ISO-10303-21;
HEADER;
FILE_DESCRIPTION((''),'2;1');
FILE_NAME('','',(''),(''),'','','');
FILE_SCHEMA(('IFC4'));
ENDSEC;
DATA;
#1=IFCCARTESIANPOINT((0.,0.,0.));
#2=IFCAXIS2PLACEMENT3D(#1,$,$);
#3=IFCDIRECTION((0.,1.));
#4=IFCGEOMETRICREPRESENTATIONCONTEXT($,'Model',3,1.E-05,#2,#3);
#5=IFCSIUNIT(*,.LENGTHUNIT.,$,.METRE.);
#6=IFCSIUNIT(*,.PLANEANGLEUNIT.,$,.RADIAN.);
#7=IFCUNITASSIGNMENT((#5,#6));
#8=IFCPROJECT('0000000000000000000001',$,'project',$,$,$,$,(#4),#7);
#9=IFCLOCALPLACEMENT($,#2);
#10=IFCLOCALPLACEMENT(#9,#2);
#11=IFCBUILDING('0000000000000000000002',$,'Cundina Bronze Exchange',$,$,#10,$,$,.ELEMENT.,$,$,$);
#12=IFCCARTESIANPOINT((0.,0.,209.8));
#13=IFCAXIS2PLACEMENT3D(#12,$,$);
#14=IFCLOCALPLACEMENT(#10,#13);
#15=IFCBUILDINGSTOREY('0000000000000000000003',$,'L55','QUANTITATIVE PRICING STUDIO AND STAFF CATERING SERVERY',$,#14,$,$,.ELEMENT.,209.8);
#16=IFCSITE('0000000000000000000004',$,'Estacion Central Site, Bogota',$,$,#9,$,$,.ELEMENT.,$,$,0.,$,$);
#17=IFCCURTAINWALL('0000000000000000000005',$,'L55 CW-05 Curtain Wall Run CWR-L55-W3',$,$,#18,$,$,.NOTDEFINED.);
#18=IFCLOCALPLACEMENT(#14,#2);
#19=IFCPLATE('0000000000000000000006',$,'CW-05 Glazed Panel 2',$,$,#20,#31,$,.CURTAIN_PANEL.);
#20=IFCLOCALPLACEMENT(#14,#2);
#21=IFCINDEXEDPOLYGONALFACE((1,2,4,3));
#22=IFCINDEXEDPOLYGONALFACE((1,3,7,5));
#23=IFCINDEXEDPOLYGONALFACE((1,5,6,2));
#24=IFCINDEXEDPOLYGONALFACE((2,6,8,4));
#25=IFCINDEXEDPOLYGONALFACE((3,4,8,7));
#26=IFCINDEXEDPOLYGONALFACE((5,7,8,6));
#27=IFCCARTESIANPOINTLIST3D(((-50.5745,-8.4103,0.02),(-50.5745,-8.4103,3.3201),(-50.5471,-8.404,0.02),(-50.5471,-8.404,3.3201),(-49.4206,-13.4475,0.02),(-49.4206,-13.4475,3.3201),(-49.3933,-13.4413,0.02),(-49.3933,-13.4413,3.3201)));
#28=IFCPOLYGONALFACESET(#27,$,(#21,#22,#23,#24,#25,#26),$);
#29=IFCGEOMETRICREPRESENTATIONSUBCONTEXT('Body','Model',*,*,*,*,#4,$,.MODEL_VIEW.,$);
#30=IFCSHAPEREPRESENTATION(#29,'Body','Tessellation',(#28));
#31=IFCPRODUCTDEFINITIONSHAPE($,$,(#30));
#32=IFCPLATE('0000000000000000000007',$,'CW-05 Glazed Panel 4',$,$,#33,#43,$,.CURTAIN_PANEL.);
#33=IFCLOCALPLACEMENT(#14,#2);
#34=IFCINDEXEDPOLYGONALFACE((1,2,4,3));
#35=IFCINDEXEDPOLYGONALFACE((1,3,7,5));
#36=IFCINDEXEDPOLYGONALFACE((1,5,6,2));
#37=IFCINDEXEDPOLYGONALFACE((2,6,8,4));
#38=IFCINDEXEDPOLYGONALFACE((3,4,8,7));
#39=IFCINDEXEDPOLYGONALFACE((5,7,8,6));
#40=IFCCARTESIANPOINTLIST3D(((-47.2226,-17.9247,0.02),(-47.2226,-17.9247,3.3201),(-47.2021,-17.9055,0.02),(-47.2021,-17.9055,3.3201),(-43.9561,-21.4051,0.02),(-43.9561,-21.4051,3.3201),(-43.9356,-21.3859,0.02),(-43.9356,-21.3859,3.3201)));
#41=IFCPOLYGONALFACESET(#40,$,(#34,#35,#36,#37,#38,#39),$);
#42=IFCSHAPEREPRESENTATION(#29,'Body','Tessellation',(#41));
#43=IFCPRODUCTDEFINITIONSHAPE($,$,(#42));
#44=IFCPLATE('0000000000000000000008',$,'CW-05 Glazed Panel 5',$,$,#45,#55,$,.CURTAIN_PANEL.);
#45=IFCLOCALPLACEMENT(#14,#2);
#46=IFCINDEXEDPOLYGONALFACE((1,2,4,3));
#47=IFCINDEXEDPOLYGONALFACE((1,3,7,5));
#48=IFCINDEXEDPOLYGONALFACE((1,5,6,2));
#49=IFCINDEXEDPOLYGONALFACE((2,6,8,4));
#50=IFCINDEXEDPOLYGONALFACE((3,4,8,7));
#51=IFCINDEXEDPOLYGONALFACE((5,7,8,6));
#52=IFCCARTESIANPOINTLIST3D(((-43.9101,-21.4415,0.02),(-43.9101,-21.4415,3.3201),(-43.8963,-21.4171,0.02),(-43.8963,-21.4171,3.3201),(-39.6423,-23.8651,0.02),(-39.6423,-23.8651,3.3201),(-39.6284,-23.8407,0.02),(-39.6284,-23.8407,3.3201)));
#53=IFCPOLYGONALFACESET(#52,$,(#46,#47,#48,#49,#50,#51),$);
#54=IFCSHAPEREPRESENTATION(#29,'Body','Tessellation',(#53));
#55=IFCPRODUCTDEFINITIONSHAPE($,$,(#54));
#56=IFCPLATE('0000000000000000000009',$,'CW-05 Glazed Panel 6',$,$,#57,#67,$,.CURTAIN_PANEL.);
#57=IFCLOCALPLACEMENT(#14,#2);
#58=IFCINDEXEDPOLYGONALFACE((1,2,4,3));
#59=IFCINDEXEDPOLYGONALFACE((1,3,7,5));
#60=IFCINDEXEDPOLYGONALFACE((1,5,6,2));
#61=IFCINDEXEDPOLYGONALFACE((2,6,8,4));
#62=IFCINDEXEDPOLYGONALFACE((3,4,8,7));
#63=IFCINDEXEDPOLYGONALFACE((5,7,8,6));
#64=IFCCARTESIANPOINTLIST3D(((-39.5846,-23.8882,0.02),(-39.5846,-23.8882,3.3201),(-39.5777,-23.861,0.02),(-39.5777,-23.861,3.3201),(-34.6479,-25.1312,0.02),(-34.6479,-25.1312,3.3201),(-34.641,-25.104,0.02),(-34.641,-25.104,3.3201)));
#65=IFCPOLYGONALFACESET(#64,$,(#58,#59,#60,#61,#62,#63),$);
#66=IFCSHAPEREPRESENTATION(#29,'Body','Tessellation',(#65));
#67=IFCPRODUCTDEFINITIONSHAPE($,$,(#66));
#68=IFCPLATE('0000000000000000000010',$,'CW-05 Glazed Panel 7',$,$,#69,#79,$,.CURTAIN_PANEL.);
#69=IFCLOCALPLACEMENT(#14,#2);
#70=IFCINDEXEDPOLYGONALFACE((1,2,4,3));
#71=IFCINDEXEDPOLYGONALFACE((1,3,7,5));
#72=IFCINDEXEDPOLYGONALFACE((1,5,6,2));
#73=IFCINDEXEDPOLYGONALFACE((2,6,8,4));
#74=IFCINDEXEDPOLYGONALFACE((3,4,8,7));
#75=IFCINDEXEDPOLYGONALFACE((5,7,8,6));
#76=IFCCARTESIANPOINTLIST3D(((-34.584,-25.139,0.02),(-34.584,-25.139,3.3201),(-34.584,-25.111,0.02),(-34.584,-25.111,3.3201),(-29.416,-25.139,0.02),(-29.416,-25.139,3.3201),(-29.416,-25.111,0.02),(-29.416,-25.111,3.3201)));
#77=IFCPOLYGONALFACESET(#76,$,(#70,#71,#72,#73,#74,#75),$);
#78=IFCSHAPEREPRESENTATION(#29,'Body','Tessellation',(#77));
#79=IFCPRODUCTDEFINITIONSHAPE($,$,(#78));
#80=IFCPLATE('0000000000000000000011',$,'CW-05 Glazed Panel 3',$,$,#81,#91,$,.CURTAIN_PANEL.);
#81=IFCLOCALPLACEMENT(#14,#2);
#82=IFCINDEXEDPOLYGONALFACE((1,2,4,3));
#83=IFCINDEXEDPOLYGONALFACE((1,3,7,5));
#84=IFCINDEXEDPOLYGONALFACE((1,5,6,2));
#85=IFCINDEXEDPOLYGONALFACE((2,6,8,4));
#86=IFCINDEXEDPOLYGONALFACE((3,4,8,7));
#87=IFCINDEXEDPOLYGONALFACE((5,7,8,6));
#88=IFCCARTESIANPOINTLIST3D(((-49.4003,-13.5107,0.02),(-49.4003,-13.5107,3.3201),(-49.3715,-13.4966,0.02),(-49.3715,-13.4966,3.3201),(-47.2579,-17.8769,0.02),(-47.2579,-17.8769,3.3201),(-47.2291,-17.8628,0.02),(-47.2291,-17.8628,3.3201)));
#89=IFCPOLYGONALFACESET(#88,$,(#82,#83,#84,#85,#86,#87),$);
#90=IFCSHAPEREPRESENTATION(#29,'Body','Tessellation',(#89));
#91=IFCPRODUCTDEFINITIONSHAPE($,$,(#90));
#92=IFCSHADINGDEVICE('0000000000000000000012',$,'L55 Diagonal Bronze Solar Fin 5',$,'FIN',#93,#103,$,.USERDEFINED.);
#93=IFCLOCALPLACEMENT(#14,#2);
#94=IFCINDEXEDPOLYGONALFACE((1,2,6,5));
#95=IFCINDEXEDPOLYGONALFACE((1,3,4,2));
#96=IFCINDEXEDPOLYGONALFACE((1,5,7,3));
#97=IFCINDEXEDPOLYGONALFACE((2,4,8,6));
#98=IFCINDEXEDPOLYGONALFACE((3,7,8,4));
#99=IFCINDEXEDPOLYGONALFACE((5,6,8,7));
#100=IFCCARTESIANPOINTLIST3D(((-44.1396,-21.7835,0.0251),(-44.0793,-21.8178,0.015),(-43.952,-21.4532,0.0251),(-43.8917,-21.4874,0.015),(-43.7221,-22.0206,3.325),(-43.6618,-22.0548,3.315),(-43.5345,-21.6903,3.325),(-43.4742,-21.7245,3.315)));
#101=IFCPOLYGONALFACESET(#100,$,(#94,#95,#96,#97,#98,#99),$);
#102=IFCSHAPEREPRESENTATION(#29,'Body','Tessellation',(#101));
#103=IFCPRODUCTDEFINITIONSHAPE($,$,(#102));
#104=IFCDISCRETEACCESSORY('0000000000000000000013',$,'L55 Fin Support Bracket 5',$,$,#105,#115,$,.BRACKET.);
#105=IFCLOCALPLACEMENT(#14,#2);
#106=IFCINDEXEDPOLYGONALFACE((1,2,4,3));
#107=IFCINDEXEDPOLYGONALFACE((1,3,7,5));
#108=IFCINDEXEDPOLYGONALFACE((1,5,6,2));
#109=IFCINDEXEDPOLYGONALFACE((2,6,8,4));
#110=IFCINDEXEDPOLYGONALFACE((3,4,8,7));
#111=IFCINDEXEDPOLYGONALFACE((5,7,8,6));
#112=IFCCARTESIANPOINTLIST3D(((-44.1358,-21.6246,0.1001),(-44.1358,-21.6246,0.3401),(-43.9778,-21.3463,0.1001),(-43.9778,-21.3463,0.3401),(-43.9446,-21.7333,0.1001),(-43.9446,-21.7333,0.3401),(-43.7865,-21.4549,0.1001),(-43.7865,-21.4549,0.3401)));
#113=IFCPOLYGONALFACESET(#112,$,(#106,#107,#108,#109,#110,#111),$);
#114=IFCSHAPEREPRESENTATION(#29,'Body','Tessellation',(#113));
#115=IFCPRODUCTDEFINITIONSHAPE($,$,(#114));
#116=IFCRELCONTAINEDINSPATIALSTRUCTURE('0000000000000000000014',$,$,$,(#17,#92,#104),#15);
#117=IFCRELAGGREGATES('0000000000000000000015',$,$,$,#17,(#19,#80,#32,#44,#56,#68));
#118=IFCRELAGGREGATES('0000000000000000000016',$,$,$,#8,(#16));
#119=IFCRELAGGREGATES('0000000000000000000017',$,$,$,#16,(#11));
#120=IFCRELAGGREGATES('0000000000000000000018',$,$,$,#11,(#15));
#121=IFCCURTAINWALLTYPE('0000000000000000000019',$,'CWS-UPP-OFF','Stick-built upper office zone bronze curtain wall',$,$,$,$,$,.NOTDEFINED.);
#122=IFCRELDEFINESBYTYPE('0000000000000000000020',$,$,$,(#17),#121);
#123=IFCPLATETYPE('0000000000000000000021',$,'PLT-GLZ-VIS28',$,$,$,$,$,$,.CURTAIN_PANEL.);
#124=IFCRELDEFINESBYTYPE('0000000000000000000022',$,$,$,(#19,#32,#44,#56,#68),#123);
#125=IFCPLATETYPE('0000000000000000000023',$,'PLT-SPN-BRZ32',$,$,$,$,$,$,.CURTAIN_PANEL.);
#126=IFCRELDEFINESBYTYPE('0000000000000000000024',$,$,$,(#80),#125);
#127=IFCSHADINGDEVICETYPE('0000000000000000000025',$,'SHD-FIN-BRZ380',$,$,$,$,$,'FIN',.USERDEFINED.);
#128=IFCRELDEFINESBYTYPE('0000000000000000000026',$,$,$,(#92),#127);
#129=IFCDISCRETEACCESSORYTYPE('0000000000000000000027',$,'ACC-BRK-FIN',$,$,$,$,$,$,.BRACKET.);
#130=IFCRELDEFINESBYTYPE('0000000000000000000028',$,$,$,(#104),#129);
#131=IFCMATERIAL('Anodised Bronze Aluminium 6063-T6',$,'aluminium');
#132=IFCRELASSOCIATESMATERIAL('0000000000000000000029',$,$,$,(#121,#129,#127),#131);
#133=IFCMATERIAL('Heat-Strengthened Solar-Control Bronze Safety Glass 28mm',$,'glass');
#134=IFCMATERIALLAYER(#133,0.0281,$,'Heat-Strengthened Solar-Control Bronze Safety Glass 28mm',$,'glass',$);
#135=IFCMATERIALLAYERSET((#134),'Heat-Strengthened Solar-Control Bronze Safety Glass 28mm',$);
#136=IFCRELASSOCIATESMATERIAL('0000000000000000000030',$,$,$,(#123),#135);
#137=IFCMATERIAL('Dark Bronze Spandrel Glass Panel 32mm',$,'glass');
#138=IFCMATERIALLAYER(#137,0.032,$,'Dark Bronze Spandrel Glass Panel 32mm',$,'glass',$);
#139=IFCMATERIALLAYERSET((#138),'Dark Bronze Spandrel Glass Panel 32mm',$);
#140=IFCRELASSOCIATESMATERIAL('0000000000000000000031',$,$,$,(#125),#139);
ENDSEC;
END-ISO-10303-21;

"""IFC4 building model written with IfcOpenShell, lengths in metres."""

from ifc_helpers import new_model, si_unit, direction, frame, origin, origin_2d, place, context, subcontext, project, spatial, rectangle, extrude, material, layer, layer_set, material_profile, profile_set, type_object, element, aggregate, save


model = new_model("IFC4")

# Units and contexts
model_context = context("Model", 3, precision=1e-05, world=origin(), true_north=direction((0.0, 1.0)))
body_context = subcontext(model_context, "Body", "Model", "MODEL_VIEW")
ifc_project = project(units=[si_unit("LENGTHUNIT", "METRE"), si_unit("PLANEANGLEUNIT", "RADIAN")], contexts=[model_context])

# Site, building, storey
site_placement = place(None, origin())
site = spatial("IfcSite", under=ifc_project, at=site_placement, Name="Estacion Central Site, Bogota", CompositionType="ELEMENT", RefElevation=0.0)
building_placement = place(site_placement, origin())
building = spatial("IfcBuilding", under=site, at=building_placement, Name="Cundina Bronze Exchange", CompositionType="ELEMENT")
storey_placement = place(building_placement, frame((0.0, 0.0, 209.8)))
storey = spatial("IfcBuildingStorey", under=building, at=storey_placement, Name="L55", Description="QUANTITATIVE PRICING STUDIO AND STAFF CATERING SERVERY", CompositionType="ELEMENT", Elevation=209.8)

# Curtain wall
ifc_material_1 = material(Name="Anodised Bronze Aluminium 6063-T6", Category="aluminium")
curtain_wall_type = type_object("IfcCurtainWallType", Name="CWS-UPP-OFF", Description="Stick-built upper office zone bronze curtain wall", PredefinedType="NOTDEFINED", material=ifc_material_1)
curtain_wall_1_placement = place(storey_placement, origin())
curtain_wall_1 = element("IfcCurtainWall", 1, at=curtain_wall_1_placement, inside=storey, type_object=curtain_wall_type, Name="L55 CW-05 Curtain Wall Run CWR-L55-W3", PredefinedType="NOTDEFINED")

# Plates
ifc_material_2 = material(Name="Heat-Strengthened Solar-Control Bronze Safety Glass 28mm", Category="glass")
ifc_layer_1 = layer(ifc_material_2, 0.0281, Name="Heat-Strengthened Solar-Control Bronze Safety Glass 28mm", Category="glass")
ifc_layer_set_1 = layer_set([ifc_layer_1], Name="Heat-Strengthened Solar-Control Bronze Safety Glass 28mm")
plate_type_1 = type_object("IfcPlateType", Name="PLT-GLZ-VIS28", PredefinedType="CURTAIN_PANEL", material=ifc_layer_set_1)
plate_1_placement = place(storey_placement, frame((-49.9839, -10.9258, 0.02), z_axis=(0.0, 0.0, 1.0), x_axis=(0.223284, -0.974753, 0.0)))
plate_1 = element("IfcPlate", 2, at=plate_1_placement, type_object=plate_type_1, Name="CW-05 Glazed Panel 2", PredefinedType="CURTAIN_PANEL", context=body_context, shape_type="SweptSolid", body=[
    extrude(rectangle(XDim=5.1677, YDim=0.0281, at=origin_2d()), origin(), (0.0, 0.0, 1.0), 3.3),
])
plate_2_placement = place(storey_placement, frame((-45.5791, -19.6553, 0.02), z_axis=(0.0, 0.0, 1.0), x_axis=(0.684344, -0.72916, 0.0)))
plate_2 = element("IfcPlate", 3, at=plate_2_placement, type_object=plate_type_1, Name="CW-05 Glazed Panel 4", PredefinedType="CURTAIN_PANEL", context=body_context, shape_type="SweptSolid", body=[
    extrude(rectangle(XDim=4.7732, YDim=0.0281, at=origin_2d()), origin(), (0.0, 0.0, 1.0), 3.3),
])
plate_3_placement = place(storey_placement, frame((-41.7693, -22.6411, 0.02), z_axis=(0.0, 0.0, 1.0), x_axis=(0.869573, -0.493805, 0.0)))
plate_3 = element("IfcPlate", 4, at=plate_3_placement, type_object=plate_type_1, Name="CW-05 Glazed Panel 5", PredefinedType="CURTAIN_PANEL", context=body_context, shape_type="SweptSolid", body=[
    extrude(rectangle(XDim=4.908, YDim=0.0281, at=origin_2d()), origin(), (0.0, 0.0, 1.0), 3.3),
])
plate_4_placement = place(storey_placement, frame((-37.1128, -24.4961, 0.02), z_axis=(0.0, 0.0, 1.0), x_axis=(0.969732, -0.244174, 0.0)))
plate_4 = element("IfcPlate", 5, at=plate_4_placement, type_object=plate_type_1, Name="CW-05 Glazed Panel 6", PredefinedType="CURTAIN_PANEL", context=body_context, shape_type="SweptSolid", body=[
    extrude(rectangle(XDim=5.0908, YDim=0.0281, at=origin_2d()), origin(), (0.0, 0.0, 1.0), 3.3),
])
plate_5_placement = place(storey_placement, frame((-32.0, -25.125, 0.02), z_axis=(0.0, 0.0, 1.0), x_axis=(1.0, 0.0, 0.0)))
plate_5 = element("IfcPlate", 6, at=plate_5_placement, type_object=plate_type_1, Name="CW-05 Glazed Panel 7", PredefinedType="CURTAIN_PANEL", context=body_context, shape_type="SweptSolid", body=[
    extrude(rectangle(XDim=5.168, YDim=0.0281, at=origin_2d()), origin(), (0.0, 0.0, 1.0), 3.3),
])
ifc_material_3 = material(Name="Dark Bronze Spandrel Glass Panel 32mm", Category="glass")
ifc_layer_2 = layer(ifc_material_3, 0.032, Name="Dark Bronze Spandrel Glass Panel 32mm", Category="glass")
ifc_layer_set_2 = layer_set([ifc_layer_2], Name="Dark Bronze Spandrel Glass Panel 32mm")
plate_type_2 = type_object("IfcPlateType", Name="PLT-SPN-BRZ32", PredefinedType="CURTAIN_PANEL", material=ifc_layer_set_2)
plate_6_placement = place(storey_placement, frame((-48.3147, -15.6868, 0.02), z_axis=(0.0, 0.0, 1.0), x_axis=(0.440503, -0.897751, 0.0)))
plate_6 = element("IfcPlate", 7, at=plate_6_placement, type_object=plate_type_2, Name="CW-05 Glazed Panel 3", PredefinedType="CURTAIN_PANEL", context=body_context, shape_type="SweptSolid", body=[
    extrude(rectangle(XDim=4.8635, YDim=0.032, at=origin_2d()), origin(), (0.0, 0.0, 1.0), 3.3),
])
aggregate(curtain_wall_1, [plate_1, plate_6, plate_2, plate_3, plate_4, plate_5])

# Shading device
ifc_material_profile_1 = material_profile(ifc_material_1, rectangle(XDim=0.0701, YDim=0.3799, at=origin_2d()), Name="FIN70X380", Category="aluminium")
ifc_profile_set_1 = profile_set([ifc_material_profile_1], Name="Anodised Bronze Aluminium 6063-T6")
shading_device_type = type_object("IfcShadingDeviceType", Name="SHD-FIN-BRZ380", ElementType="FIN", PredefinedType="USERDEFINED", material=ifc_profile_set_1)
shading_device_placement = place(storey_placement, frame((-44.0156, -21.6355, 0.02), z_axis=(0.12519, -0.071087, 0.989583), x_axis=(-0.860527, 0.488638, 0.143965)))
element("IfcShadingDevice", 8, at=shading_device_placement, inside=storey, type_object=shading_device_type, Name="L55 Diagonal Bronze Solar Fin 5", ObjectType="FIN", PredefinedType="USERDEFINED", context=body_context, shape_type="SweptSolid", body=[
    extrude(rectangle(XDim=0.0701, YDim=0.3799, at=origin_2d()), origin(), (0.0, 0.0, 1.0), 3.3347),
])

# Discrete accessory
discrete_accessory_type = type_object("IfcDiscreteAccessoryType", Name="ACC-BRK-FIN", PredefinedType="BRACKET", material=ifc_material_1)
discrete_accessory_placement = place(storey_placement, frame((-43.9612, -21.5398, 0.1001), z_axis=(0.0, 0.0, 1.0), x_axis=(0.869573, -0.493805, 0.0)))
element("IfcDiscreteAccessory", 9, at=discrete_accessory_placement, inside=storey, type_object=discrete_accessory_type, Name="L55 Fin Support Bracket 5", PredefinedType="BRACKET", context=body_context, shape_type="SweptSolid", body=[
    extrude(rectangle(XDim=0.22, YDim=0.3201, at=origin_2d()), origin(), (0.0, 0.0, 1.0), 0.24),
])

save(model, "model.ifc")
